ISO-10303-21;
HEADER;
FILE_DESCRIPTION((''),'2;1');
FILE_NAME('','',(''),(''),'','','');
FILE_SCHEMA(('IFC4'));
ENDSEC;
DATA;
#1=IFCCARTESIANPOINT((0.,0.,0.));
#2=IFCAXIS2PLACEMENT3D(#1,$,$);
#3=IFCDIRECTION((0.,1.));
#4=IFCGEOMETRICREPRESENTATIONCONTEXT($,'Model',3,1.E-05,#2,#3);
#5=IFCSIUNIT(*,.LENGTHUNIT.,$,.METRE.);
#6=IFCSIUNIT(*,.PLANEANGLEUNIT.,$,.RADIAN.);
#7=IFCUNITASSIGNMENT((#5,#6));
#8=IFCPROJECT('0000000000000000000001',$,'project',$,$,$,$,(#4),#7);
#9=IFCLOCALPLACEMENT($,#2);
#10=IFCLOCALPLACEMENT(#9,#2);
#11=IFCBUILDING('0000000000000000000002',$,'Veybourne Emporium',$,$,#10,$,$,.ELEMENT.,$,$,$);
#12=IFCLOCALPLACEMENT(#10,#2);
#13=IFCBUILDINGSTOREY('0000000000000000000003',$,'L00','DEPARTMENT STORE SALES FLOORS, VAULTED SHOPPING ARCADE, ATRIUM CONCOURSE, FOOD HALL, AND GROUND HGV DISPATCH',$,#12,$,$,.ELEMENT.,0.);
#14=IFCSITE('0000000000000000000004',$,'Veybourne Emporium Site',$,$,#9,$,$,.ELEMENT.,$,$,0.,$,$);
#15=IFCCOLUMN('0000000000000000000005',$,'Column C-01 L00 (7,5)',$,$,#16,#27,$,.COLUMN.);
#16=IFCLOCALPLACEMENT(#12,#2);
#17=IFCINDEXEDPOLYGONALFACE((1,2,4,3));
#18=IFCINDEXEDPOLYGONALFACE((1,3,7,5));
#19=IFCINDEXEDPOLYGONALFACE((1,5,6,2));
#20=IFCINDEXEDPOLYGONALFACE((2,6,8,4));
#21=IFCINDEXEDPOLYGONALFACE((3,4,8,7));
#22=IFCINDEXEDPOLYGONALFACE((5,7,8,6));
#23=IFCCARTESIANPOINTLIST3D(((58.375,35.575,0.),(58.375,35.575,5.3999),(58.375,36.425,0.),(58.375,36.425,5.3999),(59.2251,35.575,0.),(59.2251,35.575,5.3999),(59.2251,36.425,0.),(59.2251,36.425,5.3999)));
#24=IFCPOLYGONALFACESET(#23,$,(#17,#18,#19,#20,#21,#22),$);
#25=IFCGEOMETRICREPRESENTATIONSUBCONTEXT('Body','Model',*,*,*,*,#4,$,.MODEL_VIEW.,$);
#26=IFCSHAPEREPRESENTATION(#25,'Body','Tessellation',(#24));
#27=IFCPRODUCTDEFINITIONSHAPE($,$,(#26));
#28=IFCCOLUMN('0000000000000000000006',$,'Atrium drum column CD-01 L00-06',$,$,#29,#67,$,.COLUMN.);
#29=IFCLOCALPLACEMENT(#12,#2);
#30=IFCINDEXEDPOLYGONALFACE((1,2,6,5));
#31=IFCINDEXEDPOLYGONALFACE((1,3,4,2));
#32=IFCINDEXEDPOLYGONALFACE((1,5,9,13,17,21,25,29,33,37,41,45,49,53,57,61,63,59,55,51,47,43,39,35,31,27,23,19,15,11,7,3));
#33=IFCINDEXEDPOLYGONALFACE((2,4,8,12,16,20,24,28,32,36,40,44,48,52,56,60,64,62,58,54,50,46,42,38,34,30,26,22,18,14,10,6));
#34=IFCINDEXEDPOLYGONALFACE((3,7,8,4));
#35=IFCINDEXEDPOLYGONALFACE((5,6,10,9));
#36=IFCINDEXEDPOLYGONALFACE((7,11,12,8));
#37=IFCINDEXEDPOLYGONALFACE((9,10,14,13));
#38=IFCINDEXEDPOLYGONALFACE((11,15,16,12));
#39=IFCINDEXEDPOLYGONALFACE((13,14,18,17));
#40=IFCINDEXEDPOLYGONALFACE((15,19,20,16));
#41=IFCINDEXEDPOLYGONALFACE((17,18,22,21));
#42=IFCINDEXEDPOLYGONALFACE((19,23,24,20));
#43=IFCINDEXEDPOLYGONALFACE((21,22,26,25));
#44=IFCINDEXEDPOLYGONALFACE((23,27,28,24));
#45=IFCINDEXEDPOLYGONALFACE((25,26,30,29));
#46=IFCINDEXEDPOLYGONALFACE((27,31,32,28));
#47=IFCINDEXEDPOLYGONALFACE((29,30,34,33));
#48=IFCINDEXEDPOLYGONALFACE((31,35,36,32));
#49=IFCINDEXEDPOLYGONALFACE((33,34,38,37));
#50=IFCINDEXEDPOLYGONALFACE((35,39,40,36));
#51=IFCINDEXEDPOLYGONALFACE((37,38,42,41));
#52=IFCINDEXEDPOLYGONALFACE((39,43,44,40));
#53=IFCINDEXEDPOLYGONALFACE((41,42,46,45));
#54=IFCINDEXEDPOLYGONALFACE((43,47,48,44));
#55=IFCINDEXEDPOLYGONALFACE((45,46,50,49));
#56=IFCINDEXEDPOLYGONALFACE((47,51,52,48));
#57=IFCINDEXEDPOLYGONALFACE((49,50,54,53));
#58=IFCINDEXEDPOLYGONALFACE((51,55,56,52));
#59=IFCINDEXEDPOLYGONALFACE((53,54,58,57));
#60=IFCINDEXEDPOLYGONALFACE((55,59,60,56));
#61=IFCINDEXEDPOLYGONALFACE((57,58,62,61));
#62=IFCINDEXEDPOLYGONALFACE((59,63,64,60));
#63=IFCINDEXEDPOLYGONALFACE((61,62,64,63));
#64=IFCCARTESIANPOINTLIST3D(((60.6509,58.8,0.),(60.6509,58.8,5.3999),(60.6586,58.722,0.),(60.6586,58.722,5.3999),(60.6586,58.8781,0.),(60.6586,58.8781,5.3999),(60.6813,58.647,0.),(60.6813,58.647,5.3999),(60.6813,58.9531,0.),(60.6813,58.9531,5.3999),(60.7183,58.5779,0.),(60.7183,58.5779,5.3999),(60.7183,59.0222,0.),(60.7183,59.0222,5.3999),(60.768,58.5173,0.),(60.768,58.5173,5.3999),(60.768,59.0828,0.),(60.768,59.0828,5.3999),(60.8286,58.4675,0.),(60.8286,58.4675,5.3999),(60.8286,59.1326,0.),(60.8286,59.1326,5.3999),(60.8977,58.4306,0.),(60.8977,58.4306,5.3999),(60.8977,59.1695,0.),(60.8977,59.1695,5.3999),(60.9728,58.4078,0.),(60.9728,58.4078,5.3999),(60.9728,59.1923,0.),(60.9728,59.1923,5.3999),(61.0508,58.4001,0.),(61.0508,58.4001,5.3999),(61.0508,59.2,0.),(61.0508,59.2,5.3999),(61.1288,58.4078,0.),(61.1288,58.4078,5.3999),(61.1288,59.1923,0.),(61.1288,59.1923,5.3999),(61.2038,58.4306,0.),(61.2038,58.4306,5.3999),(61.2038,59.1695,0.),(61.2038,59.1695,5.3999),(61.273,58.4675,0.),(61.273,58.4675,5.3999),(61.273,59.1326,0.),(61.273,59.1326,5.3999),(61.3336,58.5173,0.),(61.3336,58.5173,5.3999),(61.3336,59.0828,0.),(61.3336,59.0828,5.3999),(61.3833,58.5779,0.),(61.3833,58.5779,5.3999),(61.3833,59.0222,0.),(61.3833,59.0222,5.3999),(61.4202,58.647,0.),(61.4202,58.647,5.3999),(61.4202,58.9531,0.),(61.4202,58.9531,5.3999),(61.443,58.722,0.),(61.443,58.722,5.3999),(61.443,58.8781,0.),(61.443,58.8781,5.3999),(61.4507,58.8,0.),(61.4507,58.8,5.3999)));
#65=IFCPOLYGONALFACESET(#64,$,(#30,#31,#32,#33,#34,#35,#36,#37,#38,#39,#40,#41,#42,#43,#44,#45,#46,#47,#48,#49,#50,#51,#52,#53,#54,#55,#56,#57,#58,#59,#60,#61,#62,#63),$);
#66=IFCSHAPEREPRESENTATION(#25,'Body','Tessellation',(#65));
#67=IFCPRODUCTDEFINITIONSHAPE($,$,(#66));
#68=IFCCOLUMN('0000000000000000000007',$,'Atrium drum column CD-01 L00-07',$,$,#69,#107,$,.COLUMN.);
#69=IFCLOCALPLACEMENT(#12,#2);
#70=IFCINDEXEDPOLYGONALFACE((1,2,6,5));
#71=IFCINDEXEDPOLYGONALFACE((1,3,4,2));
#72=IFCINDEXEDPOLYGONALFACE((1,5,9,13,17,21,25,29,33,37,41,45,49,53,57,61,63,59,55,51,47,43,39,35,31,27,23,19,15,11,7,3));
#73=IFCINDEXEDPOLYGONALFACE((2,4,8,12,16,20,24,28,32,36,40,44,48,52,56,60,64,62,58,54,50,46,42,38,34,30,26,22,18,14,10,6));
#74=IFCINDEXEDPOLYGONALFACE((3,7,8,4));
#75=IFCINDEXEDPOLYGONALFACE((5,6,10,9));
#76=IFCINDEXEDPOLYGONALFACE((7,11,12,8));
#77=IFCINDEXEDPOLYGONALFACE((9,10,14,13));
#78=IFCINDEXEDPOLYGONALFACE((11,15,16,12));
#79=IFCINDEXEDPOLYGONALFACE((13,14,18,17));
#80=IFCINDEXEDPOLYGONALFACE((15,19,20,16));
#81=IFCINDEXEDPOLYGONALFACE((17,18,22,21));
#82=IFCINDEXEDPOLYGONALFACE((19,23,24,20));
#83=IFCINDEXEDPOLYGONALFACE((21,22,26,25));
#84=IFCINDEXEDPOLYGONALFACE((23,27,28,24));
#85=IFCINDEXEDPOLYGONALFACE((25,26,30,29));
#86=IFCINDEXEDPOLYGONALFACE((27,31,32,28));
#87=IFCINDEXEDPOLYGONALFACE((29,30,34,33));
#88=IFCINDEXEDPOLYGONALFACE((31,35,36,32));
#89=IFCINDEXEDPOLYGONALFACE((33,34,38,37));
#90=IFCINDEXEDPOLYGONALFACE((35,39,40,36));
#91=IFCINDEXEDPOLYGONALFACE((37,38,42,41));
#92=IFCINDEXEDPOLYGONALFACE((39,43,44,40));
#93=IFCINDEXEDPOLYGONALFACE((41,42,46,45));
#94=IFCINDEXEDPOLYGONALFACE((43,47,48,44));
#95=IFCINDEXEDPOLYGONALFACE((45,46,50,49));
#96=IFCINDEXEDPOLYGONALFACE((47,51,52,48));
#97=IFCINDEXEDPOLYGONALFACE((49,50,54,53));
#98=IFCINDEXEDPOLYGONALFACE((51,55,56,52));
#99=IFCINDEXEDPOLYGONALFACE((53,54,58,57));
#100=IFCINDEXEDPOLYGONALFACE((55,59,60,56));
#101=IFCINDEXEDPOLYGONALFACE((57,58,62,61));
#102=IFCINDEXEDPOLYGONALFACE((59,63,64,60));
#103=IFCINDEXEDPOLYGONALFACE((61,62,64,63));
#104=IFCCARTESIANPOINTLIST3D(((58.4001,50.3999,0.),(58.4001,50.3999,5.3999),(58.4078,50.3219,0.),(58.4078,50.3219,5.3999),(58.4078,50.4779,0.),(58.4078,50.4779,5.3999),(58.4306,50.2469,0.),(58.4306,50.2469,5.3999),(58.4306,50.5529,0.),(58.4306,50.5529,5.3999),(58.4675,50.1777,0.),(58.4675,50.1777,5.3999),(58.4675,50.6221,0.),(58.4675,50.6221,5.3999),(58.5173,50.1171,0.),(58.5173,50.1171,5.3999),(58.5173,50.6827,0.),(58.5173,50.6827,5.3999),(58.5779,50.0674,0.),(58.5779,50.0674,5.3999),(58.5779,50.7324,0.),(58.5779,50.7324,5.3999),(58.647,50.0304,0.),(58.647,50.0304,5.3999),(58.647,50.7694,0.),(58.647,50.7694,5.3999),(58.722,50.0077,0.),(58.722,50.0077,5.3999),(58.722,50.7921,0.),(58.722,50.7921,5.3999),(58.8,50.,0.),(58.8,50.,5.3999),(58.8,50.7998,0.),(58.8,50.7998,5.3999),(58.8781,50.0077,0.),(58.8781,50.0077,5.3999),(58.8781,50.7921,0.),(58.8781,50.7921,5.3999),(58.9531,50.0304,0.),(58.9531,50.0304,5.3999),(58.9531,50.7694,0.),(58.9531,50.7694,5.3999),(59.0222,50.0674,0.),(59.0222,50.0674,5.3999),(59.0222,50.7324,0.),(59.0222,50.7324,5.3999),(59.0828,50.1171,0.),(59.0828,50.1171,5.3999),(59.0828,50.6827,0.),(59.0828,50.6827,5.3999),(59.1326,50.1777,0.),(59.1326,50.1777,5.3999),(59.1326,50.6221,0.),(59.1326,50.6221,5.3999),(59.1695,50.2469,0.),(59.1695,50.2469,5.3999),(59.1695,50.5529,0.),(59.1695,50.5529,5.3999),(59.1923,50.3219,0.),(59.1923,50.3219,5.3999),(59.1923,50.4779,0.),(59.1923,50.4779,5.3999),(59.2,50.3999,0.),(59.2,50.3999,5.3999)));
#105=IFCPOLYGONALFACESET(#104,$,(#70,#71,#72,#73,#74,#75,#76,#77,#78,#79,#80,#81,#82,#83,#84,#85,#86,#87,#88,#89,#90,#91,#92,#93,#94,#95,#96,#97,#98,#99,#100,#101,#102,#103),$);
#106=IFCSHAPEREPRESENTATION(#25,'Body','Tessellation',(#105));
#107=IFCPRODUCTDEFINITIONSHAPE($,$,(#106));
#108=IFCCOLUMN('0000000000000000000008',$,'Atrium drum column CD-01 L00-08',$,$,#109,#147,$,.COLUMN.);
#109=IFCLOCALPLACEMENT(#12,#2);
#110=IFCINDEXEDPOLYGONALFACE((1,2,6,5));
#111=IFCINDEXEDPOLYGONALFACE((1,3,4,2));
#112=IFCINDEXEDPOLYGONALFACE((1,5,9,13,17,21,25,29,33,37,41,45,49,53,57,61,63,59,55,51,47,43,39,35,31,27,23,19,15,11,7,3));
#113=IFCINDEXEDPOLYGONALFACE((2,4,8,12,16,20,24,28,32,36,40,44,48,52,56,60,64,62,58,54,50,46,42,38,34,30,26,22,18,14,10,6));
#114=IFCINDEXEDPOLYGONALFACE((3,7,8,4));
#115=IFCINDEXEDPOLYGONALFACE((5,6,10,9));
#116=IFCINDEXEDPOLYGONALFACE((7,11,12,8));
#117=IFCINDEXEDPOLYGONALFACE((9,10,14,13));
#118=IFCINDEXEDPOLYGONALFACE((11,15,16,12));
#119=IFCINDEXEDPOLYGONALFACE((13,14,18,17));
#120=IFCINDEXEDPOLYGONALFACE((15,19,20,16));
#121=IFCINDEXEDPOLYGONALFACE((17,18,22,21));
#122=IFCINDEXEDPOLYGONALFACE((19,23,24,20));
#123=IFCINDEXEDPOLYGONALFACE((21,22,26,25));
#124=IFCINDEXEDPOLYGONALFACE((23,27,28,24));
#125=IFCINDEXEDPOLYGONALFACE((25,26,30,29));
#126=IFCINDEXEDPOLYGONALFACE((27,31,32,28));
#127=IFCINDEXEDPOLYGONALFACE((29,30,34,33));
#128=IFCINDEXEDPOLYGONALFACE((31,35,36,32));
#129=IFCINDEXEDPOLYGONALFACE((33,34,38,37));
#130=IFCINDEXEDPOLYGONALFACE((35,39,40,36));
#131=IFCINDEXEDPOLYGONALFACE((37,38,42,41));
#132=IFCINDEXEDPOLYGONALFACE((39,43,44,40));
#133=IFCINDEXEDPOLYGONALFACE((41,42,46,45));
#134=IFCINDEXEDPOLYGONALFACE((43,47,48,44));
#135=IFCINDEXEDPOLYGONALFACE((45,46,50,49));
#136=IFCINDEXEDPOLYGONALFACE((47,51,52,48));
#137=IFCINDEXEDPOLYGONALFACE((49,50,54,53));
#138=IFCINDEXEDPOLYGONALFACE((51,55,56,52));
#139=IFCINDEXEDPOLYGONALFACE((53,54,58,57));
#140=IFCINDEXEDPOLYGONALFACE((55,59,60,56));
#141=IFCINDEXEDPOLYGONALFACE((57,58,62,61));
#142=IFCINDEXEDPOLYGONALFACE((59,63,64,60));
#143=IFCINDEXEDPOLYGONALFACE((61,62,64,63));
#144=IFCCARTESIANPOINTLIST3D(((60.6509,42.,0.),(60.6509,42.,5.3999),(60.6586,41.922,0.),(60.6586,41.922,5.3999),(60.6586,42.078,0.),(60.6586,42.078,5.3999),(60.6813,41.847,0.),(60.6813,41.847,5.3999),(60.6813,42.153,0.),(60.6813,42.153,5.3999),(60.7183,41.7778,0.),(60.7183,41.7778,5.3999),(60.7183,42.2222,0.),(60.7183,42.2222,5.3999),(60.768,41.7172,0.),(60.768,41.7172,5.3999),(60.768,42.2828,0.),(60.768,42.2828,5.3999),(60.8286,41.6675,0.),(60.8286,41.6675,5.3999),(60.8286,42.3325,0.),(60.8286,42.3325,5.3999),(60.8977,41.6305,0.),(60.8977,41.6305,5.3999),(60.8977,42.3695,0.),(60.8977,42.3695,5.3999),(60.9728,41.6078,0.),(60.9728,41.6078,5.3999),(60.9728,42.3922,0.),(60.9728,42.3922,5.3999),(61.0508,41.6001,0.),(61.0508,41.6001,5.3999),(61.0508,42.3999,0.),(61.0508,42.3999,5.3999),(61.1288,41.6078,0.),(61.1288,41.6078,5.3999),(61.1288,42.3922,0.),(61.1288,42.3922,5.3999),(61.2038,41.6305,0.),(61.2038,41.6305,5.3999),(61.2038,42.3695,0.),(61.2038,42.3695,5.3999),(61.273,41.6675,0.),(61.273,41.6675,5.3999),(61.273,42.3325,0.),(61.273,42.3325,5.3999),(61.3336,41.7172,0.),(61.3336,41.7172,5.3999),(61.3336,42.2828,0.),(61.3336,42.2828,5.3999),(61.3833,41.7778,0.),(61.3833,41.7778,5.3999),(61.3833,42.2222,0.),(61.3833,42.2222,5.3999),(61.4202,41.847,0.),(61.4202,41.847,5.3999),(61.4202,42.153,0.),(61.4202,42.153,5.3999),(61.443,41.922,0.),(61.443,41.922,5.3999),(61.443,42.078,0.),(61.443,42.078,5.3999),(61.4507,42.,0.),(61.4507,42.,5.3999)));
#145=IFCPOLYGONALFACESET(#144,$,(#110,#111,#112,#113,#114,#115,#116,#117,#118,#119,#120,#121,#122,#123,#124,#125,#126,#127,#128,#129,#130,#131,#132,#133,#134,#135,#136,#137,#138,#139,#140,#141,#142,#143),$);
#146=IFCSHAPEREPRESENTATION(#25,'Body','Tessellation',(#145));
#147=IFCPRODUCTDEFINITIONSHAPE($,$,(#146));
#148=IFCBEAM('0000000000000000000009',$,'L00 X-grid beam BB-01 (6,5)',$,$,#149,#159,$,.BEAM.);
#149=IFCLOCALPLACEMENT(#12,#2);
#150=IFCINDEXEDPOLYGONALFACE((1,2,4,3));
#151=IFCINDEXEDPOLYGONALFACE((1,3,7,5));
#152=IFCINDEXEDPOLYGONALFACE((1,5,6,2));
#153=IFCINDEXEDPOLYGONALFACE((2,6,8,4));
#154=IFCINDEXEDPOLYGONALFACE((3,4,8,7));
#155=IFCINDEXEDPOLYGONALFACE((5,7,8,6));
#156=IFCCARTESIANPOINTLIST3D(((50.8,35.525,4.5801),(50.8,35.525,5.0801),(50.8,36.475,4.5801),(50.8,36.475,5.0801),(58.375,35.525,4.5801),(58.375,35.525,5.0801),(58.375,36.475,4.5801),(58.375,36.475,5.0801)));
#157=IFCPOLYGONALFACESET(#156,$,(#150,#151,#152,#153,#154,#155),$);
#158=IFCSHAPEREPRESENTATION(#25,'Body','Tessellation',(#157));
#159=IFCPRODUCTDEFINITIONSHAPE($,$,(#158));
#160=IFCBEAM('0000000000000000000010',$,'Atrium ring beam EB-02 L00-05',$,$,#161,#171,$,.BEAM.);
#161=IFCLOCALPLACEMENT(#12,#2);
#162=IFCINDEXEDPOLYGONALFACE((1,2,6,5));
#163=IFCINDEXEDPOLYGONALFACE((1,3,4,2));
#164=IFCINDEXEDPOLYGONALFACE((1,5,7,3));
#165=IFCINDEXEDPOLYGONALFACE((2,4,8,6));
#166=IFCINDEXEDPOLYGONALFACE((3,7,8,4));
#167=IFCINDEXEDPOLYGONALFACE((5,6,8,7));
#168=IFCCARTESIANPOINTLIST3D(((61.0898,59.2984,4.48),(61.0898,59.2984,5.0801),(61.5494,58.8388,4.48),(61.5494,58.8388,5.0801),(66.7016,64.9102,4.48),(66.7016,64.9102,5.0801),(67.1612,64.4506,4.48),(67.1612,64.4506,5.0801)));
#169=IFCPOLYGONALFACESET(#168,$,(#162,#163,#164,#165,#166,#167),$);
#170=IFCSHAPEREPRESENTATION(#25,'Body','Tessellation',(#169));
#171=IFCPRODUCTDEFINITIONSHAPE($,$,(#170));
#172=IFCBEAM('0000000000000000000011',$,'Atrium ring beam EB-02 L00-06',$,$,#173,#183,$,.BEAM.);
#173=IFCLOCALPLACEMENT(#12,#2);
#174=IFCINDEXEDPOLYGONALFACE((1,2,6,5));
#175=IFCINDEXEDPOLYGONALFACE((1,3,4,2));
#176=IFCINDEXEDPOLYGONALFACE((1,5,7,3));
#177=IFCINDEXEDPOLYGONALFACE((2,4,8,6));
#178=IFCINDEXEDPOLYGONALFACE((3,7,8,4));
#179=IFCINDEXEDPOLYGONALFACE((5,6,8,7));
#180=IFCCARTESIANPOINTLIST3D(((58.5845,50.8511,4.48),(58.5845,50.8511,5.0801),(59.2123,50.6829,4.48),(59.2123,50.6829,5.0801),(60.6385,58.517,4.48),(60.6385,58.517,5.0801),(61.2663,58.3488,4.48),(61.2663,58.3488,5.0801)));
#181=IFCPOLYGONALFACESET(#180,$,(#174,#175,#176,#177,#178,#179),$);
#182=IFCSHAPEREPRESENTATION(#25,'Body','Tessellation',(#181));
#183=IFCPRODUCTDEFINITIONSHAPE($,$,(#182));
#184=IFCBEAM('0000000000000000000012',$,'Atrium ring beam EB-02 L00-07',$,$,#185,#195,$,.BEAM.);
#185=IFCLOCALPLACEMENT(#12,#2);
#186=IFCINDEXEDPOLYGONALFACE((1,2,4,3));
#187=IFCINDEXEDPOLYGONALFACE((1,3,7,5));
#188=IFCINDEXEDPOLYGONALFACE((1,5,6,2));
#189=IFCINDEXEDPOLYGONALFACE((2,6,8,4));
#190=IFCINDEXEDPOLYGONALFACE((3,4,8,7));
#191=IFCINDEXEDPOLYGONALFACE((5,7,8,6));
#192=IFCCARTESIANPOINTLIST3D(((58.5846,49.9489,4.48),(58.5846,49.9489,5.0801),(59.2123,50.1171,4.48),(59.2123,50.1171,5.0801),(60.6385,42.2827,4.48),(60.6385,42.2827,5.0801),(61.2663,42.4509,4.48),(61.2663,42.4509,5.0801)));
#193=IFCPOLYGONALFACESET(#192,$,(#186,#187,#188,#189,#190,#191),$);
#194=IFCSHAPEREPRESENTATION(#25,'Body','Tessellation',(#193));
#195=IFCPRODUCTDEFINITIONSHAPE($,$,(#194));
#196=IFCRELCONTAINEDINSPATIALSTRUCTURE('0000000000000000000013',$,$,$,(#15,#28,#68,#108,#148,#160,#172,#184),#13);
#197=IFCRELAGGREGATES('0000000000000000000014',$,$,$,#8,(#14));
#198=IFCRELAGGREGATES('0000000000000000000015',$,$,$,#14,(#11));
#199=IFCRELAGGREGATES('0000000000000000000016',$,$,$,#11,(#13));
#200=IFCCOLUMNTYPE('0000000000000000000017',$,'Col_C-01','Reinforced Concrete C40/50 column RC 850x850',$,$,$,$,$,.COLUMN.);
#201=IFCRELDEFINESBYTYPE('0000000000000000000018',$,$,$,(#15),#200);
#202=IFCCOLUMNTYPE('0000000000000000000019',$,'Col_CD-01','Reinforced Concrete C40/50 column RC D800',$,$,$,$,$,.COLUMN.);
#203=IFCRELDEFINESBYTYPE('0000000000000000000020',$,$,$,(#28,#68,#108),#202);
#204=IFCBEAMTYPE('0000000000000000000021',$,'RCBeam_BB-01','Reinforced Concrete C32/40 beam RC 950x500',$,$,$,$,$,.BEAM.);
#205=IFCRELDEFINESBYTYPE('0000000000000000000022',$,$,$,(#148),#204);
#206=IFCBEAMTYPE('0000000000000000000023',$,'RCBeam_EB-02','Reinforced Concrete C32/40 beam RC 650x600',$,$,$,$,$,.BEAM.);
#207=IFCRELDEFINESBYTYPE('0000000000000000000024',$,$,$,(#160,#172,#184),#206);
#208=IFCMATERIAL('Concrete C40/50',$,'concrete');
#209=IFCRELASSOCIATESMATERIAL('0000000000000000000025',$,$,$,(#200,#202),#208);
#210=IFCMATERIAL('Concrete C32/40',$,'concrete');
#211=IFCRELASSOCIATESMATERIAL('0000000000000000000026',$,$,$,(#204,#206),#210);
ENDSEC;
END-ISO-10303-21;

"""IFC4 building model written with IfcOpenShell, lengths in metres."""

from ifc_helpers import new_model, si_unit, direction, frame, origin, origin_2d, place, context, subcontext, project, spatial, rectangle, circle, extrude, material, material_profile, profile_set, type_object, element, save


model = new_model("IFC4")

# Units and contexts
model_context = context("Model", 3, precision=1e-05, world=origin(), true_north=direction((0.0, 1.0)))
body_context = subcontext(model_context, "Body", "Model", "MODEL_VIEW")
ifc_project = project(units=[si_unit("LENGTHUNIT", "METRE"), si_unit("PLANEANGLEUNIT", "RADIAN")], contexts=[model_context])

# Site, building, storey
site_placement = place(None, origin())
site = spatial("IfcSite", under=ifc_project, at=site_placement, Name="Veybourne Emporium Site", CompositionType="ELEMENT", RefElevation=0.0)
building_placement = place(site_placement, origin())
building = spatial("IfcBuilding", under=site, at=building_placement, Name="Veybourne Emporium", CompositionType="ELEMENT")
storey_placement = place(building_placement, origin())
storey = spatial("IfcBuildingStorey", under=building, at=storey_placement, Name="L00", Description="DEPARTMENT STORE SALES FLOORS, VAULTED SHOPPING ARCADE, ATRIUM CONCOURSE, FOOD HALL, AND GROUND HGV DISPATCH", CompositionType="ELEMENT", Elevation=0.0)

# Columns
ifc_material_1 = material(Name="Concrete C40/50", Category="concrete")
ifc_material_profile_1 = material_profile(ifc_material_1, rectangle(XDim=0.8501, YDim=0.8501, at=origin_2d()), Name="RC 850x850")
ifc_profile_set_1 = profile_set([ifc_material_profile_1], Name="Concrete C40/50")
column_type_1 = type_object("IfcColumnType", Name="Col_C-01", Description="Reinforced Concrete C40/50 column RC 850x850", PredefinedType="COLUMN", material=ifc_profile_set_1)
column_placement = place(storey_placement, frame((58.8, 36.0, 0.0), z_axis=(0.0, 0.0, 1.0), x_axis=(1.0, 0.0, 0.0)))
element("IfcColumn", 1, at=column_placement, inside=storey, type_object=column_type_1, Name="Column C-01 L00 (7,5)", PredefinedType="COLUMN", context=body_context, shape_type="SweptSolid", body=[
    extrude(rectangle(XDim=0.8501, YDim=0.8501, at=origin_2d()), origin(), (0.0, 0.0, 1.0), 5.3999),
])
ifc_material_profile_2 = material_profile(ifc_material_1, circle(Radius=0.3999, at=origin_2d()), Name="RC D800")
ifc_profile_set_2 = profile_set([ifc_material_profile_2], Name="Concrete C40/50")
column_type_2 = type_object("IfcColumnType", Name="Col_CD-01", Description="Reinforced Concrete C40/50 column RC D800", PredefinedType="COLUMN", material=ifc_profile_set_2)
for number, where, z_axis, x_axis, name in (
    (2, (61.0508, 58.8, 0.0), (0.0, 0.0, 1.0), (1.0, 0.0, 0.0), "Atrium drum column CD-01 L00-06"),
    (3, (58.8, 50.3999, 0.0), (0.0, 0.0, 1.0), (1.0, 0.0, 0.0), "Atrium drum column CD-01 L00-07"),
    (4, (61.0508, 42.0, 0.0), (0.0, 0.0, 1.0), (1.0, 0.0, 0.0), "Atrium drum column CD-01 L00-08"),
):
    element("IfcColumn", number, at=place(storey_placement, frame(where, z_axis=z_axis, x_axis=x_axis)), inside=storey, type_object=column_type_2, Name=name, PredefinedType="COLUMN", context=body_context, shape_type="SweptSolid", body=[
        extrude(circle(Radius=0.3999, at=origin_2d()), origin(), (0.0, 0.0, 1.0), 5.3999),
    ])

# Beams
ifc_material_2 = material(Name="Concrete C32/40", Category="concrete")
ifc_material_profile_3 = material_profile(ifc_material_2, rectangle(XDim=0.95, YDim=0.5, at=origin_2d()), Name="RC 950x500")
ifc_profile_set_3 = profile_set([ifc_material_profile_3], Name="Concrete C32/40")
beam_type_1 = type_object("IfcBeamType", Name="RCBeam_BB-01", Description="Reinforced Concrete C32/40 beam RC 950x500", PredefinedType="BEAM", material=ifc_profile_set_3)
beam_1_placement = place(storey_placement, frame((50.8, 36.0, 4.8301), z_axis=(1.0, 0.0, 0.0), x_axis=(0.0, 1.0, 0.0)))
element("IfcBeam", 5, at=beam_1_placement, inside=storey, type_object=beam_type_1, Name="L00 X-grid beam BB-01 (6,5)", PredefinedType="BEAM", context=body_context, shape_type="SweptSolid", body=[
    extrude(rectangle(XDim=0.95, YDim=0.5, at=origin_2d()), origin(), (0.0, 0.0, 1.0), 7.575),
])
ifc_material_profile_4 = material_profile(ifc_material_2, rectangle(XDim=0.6499, YDim=0.6001, at=origin_2d()), Name="RC 650x600")
ifc_profile_set_4 = profile_set([ifc_material_profile_4], Name="Concrete C32/40")
beam_type_2 = type_object("IfcBeamType", Name="RCBeam_EB-02", Description="Reinforced Concrete C32/40 beam RC 650x600", PredefinedType="BEAM", material=ifc_profile_set_4)
for number, where, z_axis, x_axis, name in (
    (6, (66.9314, 64.6804, 4.78), (-0.707107, -0.707107, 0.0), (0.707107, -0.707107, 0.0), "Atrium ring beam EB-02 L00-05"),
    (7, (60.9524, 58.4329, 4.78), (-0.258809, -0.965928, 0.0), (0.965928, -0.258809, 0.0), "Atrium ring beam EB-02 L00-06"),
):
    element("IfcBeam", number, at=place(storey_placement, frame(where, z_axis=z_axis, x_axis=x_axis)), inside=storey, type_object=beam_type_2, Name=name, PredefinedType="BEAM", context=body_context, shape_type="SweptSolid", body=[
        extrude(rectangle(XDim=0.6499, YDim=0.6001, at=origin_2d()), origin(), (0.0, 0.0, 1.0), 7.9363),
    ])
beam_2_placement = place(storey_placement, frame((58.8984, 50.033, 4.78), z_axis=(0.258802, -0.96593, 0.0), x_axis=(0.96593, 0.258802, 0.0)))
element("IfcBeam", 8, at=beam_2_placement, inside=storey, type_object=beam_type_2, Name="Atrium ring beam EB-02 L00-07", PredefinedType="BEAM", context=body_context, shape_type="SweptSolid", body=[
    extrude(rectangle(XDim=0.6499, YDim=0.6001, at=origin_2d()), origin(), (0.0, 0.0, 1.0), 7.9365),
])

save(model, "model.ifc")
